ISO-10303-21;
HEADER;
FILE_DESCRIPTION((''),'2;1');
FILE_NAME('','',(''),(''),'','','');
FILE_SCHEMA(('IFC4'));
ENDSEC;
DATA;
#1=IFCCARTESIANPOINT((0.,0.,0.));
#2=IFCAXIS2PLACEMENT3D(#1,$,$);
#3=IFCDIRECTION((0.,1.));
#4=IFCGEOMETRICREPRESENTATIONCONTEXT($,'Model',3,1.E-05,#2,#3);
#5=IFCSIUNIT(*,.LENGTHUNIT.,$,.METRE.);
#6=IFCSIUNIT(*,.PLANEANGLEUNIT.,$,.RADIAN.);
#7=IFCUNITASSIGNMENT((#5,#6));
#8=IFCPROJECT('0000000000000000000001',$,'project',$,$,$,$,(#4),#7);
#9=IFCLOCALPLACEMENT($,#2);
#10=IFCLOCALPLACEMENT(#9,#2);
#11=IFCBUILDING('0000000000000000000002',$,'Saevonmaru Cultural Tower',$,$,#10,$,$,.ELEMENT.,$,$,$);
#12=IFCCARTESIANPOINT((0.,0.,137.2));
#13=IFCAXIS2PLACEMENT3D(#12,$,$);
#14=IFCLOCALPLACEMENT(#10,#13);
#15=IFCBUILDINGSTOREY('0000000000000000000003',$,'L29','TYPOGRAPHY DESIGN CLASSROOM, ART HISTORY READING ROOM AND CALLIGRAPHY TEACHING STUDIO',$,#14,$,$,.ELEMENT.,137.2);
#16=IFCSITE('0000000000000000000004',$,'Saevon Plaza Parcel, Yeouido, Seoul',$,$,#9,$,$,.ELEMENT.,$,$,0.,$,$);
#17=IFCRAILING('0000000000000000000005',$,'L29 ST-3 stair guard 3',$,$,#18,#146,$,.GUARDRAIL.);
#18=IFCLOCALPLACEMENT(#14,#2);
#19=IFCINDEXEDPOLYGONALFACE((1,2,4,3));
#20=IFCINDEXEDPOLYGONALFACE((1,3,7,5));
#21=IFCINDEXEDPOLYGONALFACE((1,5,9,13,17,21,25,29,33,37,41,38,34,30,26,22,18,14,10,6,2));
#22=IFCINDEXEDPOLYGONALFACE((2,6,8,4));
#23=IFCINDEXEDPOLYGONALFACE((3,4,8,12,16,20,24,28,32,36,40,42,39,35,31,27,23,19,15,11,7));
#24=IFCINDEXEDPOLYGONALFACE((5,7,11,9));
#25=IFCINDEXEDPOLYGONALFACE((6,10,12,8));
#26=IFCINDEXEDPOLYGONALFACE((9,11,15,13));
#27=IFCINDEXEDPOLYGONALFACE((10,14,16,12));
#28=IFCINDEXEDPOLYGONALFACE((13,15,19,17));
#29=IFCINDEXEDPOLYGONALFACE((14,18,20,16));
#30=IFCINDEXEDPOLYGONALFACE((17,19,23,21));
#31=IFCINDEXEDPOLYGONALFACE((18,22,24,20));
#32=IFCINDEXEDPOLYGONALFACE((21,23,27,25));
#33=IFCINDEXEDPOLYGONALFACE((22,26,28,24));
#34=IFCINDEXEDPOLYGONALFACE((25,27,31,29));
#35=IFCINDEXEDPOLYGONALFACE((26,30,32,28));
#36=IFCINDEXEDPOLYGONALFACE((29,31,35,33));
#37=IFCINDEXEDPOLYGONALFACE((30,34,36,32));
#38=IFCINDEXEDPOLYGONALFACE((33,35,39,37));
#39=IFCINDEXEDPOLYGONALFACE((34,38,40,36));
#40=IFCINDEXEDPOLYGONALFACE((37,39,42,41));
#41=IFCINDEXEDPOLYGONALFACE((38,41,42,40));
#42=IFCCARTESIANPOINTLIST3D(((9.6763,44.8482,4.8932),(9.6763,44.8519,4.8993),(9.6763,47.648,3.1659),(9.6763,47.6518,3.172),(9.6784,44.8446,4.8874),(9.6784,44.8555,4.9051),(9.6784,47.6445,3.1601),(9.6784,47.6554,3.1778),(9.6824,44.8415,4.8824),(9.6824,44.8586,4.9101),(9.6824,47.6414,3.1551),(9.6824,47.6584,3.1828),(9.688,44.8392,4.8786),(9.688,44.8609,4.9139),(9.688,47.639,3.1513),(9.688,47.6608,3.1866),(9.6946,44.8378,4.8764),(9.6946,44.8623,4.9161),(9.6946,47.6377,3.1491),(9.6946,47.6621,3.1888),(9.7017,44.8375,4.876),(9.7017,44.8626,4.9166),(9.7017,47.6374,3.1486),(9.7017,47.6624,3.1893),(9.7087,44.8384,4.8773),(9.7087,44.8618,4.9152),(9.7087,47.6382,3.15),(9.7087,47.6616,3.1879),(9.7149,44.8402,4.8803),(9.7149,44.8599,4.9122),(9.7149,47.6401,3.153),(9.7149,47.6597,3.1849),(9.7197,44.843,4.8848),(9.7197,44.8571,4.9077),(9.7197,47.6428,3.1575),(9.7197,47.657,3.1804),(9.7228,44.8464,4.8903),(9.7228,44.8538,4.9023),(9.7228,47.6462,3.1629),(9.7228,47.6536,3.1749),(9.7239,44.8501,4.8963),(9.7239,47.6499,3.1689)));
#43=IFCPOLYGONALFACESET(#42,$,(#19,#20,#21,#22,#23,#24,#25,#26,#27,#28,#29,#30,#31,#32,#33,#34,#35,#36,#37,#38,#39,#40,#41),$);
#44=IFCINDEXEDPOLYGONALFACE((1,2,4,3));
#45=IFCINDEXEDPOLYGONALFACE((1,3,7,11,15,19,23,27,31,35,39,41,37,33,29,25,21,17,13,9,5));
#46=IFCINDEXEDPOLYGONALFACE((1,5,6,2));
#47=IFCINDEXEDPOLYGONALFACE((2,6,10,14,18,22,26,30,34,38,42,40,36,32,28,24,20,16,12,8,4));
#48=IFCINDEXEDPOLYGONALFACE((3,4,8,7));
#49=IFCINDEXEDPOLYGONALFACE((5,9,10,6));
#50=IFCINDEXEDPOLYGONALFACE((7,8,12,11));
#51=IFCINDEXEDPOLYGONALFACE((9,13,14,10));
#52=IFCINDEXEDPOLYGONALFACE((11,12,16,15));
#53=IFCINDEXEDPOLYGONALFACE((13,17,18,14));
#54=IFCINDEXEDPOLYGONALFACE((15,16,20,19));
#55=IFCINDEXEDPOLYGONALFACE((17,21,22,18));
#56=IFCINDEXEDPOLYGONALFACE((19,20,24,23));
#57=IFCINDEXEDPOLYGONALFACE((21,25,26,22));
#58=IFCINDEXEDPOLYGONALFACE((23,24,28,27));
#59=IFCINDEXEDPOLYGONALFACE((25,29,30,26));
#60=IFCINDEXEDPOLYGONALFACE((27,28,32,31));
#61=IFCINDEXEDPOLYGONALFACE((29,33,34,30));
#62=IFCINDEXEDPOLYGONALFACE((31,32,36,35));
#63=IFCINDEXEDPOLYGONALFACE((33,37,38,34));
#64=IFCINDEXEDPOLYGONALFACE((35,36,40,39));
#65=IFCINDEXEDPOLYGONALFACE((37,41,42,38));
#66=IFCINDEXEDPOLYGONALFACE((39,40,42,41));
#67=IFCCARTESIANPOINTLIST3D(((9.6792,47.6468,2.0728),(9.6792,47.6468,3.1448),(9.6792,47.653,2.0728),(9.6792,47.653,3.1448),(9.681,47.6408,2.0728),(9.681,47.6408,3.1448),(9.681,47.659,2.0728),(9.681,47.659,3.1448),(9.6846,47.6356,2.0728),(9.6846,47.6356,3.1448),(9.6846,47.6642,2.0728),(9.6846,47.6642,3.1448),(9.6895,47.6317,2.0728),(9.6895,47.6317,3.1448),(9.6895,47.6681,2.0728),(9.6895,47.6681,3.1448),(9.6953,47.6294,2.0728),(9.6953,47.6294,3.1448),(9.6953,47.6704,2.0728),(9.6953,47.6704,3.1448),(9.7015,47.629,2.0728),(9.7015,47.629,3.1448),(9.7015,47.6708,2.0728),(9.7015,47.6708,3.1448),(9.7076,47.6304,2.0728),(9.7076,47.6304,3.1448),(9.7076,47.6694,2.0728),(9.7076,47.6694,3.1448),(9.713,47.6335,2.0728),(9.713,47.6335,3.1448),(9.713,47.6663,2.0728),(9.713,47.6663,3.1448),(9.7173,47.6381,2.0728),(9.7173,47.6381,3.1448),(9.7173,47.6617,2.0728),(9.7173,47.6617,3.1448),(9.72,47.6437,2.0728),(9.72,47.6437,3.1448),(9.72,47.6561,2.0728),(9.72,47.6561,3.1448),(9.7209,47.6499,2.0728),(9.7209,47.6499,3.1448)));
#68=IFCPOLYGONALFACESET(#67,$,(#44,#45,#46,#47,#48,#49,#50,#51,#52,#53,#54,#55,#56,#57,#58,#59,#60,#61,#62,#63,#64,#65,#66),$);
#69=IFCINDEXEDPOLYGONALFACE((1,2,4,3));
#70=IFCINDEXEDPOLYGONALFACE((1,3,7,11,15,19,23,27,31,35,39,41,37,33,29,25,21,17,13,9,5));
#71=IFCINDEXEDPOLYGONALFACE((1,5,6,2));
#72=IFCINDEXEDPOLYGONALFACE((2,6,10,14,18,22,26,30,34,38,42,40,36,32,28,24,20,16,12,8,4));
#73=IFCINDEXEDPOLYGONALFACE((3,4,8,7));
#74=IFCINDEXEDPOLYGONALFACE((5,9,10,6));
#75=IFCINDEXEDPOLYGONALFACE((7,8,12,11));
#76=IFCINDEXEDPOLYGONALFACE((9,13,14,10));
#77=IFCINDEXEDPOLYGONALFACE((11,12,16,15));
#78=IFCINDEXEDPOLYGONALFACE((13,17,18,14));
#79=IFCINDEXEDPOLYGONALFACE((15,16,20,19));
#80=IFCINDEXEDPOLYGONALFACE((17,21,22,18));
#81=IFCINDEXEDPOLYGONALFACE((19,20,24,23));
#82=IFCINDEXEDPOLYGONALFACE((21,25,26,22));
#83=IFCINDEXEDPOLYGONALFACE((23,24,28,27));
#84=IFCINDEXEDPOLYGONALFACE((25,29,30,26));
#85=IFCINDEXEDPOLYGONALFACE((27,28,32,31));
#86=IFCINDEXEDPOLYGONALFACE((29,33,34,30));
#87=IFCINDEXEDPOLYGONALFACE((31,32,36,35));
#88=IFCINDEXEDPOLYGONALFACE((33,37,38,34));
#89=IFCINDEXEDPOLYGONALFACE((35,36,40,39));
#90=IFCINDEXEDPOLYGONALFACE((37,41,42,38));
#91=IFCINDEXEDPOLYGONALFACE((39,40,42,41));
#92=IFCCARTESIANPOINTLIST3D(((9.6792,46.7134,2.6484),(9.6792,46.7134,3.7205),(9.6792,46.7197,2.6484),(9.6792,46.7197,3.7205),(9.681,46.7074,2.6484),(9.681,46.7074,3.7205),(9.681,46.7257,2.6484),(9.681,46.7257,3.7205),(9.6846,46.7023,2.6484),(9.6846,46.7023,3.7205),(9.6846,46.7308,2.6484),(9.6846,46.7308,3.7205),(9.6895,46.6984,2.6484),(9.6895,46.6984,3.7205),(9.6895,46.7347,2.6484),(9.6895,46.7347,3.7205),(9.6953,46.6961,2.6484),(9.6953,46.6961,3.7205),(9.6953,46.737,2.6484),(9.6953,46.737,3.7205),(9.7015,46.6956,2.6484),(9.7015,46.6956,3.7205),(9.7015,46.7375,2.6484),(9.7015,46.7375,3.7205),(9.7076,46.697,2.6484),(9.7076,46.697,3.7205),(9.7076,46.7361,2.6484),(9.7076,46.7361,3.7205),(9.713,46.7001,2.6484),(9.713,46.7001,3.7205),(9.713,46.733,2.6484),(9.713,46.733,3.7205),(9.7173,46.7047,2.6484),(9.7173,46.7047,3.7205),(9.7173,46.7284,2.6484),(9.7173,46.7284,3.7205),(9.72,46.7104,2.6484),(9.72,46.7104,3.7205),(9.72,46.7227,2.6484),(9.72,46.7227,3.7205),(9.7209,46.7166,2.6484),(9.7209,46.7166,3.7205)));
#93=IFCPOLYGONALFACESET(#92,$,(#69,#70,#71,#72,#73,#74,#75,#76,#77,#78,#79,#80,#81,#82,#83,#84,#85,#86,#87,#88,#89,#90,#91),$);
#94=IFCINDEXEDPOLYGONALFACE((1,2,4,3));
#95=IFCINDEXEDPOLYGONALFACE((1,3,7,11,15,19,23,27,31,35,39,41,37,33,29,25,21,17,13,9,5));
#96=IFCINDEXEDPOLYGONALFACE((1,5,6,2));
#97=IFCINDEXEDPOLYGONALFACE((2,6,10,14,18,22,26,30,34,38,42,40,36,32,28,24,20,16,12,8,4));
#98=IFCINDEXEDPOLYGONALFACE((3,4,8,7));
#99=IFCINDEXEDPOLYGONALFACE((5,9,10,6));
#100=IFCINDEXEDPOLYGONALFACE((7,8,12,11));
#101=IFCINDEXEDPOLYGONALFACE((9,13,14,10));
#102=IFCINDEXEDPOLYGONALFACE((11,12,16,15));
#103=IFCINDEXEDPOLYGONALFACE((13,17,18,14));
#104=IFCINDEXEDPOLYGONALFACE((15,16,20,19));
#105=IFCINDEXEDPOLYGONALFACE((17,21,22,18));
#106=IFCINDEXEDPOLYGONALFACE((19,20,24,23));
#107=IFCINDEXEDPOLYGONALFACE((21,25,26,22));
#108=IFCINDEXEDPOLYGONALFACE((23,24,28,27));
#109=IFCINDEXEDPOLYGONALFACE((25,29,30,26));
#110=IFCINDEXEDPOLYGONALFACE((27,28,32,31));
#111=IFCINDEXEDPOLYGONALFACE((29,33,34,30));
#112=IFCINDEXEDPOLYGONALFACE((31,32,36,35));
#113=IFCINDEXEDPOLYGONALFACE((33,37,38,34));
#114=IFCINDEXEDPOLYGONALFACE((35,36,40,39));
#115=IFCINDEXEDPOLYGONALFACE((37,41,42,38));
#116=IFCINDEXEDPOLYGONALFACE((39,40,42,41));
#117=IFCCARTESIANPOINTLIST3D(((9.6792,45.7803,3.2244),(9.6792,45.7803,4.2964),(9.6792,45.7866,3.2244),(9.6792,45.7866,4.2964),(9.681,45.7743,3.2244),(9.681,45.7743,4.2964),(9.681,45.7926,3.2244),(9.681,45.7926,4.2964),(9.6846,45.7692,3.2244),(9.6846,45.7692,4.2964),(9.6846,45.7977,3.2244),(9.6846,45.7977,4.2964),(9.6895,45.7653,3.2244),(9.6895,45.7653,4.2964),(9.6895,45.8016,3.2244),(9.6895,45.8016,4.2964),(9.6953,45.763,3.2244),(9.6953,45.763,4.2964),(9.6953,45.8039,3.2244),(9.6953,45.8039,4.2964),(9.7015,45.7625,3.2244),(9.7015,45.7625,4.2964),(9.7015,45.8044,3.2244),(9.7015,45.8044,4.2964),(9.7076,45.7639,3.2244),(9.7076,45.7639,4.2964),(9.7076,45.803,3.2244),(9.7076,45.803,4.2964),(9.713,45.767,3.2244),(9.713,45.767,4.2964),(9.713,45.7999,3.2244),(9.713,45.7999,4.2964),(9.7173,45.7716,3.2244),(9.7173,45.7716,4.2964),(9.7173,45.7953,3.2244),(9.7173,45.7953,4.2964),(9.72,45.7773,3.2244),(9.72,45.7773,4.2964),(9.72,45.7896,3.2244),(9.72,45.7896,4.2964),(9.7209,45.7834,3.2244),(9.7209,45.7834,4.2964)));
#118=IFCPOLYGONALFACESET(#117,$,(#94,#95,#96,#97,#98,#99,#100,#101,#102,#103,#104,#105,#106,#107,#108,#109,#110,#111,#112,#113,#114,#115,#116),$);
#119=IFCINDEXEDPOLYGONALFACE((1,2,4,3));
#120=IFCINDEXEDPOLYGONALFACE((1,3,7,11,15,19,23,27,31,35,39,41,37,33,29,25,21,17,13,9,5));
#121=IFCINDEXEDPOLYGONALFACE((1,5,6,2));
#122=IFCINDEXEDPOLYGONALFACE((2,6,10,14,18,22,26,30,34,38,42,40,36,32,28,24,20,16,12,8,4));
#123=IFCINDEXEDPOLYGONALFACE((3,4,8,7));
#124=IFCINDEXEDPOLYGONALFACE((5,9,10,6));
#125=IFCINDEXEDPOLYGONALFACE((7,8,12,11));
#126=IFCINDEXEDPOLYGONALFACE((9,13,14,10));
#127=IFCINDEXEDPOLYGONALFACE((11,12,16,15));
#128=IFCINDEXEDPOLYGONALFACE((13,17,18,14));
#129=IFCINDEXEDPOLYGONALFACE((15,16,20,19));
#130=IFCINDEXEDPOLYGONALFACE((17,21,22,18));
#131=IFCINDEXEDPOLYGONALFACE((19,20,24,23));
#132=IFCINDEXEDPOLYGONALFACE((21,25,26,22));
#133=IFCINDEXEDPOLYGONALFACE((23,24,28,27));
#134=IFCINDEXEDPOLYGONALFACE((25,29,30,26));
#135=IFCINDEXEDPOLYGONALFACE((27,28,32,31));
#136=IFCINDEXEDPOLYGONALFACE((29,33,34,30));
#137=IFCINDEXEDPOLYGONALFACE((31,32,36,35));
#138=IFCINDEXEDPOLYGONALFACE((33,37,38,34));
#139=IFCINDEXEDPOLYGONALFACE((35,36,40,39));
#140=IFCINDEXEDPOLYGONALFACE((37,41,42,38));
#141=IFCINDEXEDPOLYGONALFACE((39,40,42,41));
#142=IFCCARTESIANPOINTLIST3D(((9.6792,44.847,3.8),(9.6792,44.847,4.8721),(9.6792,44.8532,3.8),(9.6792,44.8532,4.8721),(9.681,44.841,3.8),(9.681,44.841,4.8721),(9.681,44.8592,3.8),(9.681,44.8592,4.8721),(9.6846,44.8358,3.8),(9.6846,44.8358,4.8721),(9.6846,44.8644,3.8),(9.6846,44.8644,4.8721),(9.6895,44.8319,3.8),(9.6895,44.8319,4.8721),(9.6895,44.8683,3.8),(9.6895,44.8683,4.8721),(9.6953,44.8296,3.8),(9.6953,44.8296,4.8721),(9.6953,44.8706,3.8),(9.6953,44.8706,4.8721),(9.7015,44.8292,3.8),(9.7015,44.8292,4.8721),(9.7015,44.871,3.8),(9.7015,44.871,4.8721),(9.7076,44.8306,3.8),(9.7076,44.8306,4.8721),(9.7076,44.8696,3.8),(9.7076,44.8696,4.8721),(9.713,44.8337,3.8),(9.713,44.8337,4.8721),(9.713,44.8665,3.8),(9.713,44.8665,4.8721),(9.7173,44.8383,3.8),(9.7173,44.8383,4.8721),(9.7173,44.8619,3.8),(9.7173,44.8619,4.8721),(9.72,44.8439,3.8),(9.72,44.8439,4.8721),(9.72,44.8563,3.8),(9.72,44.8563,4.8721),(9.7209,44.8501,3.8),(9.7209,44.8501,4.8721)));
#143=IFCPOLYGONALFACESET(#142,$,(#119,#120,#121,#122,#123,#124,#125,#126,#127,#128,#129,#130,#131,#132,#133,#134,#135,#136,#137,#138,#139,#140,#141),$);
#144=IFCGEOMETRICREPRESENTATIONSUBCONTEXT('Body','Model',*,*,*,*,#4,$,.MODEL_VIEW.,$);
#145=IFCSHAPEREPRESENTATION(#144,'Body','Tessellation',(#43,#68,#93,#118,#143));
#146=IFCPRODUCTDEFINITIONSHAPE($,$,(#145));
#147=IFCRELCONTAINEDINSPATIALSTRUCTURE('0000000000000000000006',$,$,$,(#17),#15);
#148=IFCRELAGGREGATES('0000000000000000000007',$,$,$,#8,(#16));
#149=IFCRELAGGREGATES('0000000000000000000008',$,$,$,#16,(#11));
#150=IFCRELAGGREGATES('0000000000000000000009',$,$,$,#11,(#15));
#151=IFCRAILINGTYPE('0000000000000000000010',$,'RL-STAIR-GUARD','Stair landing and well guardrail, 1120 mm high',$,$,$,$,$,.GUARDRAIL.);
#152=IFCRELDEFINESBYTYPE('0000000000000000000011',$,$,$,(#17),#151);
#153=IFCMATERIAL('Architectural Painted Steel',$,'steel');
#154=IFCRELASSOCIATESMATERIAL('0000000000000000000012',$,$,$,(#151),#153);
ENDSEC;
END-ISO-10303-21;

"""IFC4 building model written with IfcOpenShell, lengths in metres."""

from ifc_helpers import new_model, si_unit, direction, frame, origin, origin_2d, place, context, subcontext, project, spatial, circle, extrude, material, type_object, element, save


model = new_model("IFC4")

# Units and contexts
model_context = context("Model", 3, precision=1e-05, world=origin(), true_north=direction((0.0, 1.0)))
body_context = subcontext(model_context, "Body", "Model", "MODEL_VIEW")
ifc_project = project(units=[si_unit("LENGTHUNIT", "METRE"), si_unit("PLANEANGLEUNIT", "RADIAN")], contexts=[model_context])

# Site, building, storey
site_placement = place(None, origin())
site = spatial("IfcSite", under=ifc_project, at=site_placement, Name="Saevon Plaza Parcel, Yeouido, Seoul", CompositionType="ELEMENT", RefElevation=0.0)
building_placement = place(site_placement, origin())
building = spatial("IfcBuilding", under=site, at=building_placement, Name="Saevonmaru Cultural Tower", CompositionType="ELEMENT")
storey_placement = place(building_placement, frame((0.0, 0.0, 137.2)))
storey = spatial("IfcBuildingStorey", under=building, at=storey_placement, Name="L29", Description="TYPOGRAPHY DESIGN CLASSROOM, ART HISTORY READING ROOM AND CALLIGRAPHY TEACHING STUDIO", CompositionType="ELEMENT", Elevation=137.2)

# Railing
ifc_material_1 = material(Name="Architectural Painted Steel", Category="steel")
railing_type_1 = type_object("IfcRailingType", Name="RL-STAIR-GUARD", Description="Stair landing and well guardrail, 1120 mm high", PredefinedType="GUARDRAIL", material=ifc_material_1)
railing_1_placement = place(storey_placement, frame((9.7, 47.6499, 2.0728)))
element("IfcRailing", 1, at=railing_1_placement, inside=storey, type_object=railing_type_1, Name="L29 ST-3 stair guard 3", PredefinedType="GUARDRAIL", context=body_context, shape_type="SweptSolid", body=[
    extrude(circle(Radius=0.0239, at=origin_2d()), frame((0.0, 0.0, 1.0962), z_axis=(0.0, -0.851069, 0.525054), x_axis=(1.0, 0.0, 0.0)), (0.0, 0.0, 1.0), 3.2898),
    extrude(circle(Radius=0.021, at=origin_2d()), origin(), (0.0, 0.0, 1.0), 1.072),
    extrude(circle(Radius=0.021, at=origin_2d()), frame((0.0, -0.9333, 0.5757)), (0.0, 0.0, 1.0), 1.072),
    extrude(circle(Radius=0.021, at=origin_2d()), frame((0.0, -1.8665, 1.1516)), (0.0, 0.0, 1.0), 1.072),
    extrude(circle(Radius=0.021, at=origin_2d()), frame((0.0, -2.7998, 1.7273)), (0.0, 0.0, 1.0), 1.072),
])

save(model, "model.ifc")
